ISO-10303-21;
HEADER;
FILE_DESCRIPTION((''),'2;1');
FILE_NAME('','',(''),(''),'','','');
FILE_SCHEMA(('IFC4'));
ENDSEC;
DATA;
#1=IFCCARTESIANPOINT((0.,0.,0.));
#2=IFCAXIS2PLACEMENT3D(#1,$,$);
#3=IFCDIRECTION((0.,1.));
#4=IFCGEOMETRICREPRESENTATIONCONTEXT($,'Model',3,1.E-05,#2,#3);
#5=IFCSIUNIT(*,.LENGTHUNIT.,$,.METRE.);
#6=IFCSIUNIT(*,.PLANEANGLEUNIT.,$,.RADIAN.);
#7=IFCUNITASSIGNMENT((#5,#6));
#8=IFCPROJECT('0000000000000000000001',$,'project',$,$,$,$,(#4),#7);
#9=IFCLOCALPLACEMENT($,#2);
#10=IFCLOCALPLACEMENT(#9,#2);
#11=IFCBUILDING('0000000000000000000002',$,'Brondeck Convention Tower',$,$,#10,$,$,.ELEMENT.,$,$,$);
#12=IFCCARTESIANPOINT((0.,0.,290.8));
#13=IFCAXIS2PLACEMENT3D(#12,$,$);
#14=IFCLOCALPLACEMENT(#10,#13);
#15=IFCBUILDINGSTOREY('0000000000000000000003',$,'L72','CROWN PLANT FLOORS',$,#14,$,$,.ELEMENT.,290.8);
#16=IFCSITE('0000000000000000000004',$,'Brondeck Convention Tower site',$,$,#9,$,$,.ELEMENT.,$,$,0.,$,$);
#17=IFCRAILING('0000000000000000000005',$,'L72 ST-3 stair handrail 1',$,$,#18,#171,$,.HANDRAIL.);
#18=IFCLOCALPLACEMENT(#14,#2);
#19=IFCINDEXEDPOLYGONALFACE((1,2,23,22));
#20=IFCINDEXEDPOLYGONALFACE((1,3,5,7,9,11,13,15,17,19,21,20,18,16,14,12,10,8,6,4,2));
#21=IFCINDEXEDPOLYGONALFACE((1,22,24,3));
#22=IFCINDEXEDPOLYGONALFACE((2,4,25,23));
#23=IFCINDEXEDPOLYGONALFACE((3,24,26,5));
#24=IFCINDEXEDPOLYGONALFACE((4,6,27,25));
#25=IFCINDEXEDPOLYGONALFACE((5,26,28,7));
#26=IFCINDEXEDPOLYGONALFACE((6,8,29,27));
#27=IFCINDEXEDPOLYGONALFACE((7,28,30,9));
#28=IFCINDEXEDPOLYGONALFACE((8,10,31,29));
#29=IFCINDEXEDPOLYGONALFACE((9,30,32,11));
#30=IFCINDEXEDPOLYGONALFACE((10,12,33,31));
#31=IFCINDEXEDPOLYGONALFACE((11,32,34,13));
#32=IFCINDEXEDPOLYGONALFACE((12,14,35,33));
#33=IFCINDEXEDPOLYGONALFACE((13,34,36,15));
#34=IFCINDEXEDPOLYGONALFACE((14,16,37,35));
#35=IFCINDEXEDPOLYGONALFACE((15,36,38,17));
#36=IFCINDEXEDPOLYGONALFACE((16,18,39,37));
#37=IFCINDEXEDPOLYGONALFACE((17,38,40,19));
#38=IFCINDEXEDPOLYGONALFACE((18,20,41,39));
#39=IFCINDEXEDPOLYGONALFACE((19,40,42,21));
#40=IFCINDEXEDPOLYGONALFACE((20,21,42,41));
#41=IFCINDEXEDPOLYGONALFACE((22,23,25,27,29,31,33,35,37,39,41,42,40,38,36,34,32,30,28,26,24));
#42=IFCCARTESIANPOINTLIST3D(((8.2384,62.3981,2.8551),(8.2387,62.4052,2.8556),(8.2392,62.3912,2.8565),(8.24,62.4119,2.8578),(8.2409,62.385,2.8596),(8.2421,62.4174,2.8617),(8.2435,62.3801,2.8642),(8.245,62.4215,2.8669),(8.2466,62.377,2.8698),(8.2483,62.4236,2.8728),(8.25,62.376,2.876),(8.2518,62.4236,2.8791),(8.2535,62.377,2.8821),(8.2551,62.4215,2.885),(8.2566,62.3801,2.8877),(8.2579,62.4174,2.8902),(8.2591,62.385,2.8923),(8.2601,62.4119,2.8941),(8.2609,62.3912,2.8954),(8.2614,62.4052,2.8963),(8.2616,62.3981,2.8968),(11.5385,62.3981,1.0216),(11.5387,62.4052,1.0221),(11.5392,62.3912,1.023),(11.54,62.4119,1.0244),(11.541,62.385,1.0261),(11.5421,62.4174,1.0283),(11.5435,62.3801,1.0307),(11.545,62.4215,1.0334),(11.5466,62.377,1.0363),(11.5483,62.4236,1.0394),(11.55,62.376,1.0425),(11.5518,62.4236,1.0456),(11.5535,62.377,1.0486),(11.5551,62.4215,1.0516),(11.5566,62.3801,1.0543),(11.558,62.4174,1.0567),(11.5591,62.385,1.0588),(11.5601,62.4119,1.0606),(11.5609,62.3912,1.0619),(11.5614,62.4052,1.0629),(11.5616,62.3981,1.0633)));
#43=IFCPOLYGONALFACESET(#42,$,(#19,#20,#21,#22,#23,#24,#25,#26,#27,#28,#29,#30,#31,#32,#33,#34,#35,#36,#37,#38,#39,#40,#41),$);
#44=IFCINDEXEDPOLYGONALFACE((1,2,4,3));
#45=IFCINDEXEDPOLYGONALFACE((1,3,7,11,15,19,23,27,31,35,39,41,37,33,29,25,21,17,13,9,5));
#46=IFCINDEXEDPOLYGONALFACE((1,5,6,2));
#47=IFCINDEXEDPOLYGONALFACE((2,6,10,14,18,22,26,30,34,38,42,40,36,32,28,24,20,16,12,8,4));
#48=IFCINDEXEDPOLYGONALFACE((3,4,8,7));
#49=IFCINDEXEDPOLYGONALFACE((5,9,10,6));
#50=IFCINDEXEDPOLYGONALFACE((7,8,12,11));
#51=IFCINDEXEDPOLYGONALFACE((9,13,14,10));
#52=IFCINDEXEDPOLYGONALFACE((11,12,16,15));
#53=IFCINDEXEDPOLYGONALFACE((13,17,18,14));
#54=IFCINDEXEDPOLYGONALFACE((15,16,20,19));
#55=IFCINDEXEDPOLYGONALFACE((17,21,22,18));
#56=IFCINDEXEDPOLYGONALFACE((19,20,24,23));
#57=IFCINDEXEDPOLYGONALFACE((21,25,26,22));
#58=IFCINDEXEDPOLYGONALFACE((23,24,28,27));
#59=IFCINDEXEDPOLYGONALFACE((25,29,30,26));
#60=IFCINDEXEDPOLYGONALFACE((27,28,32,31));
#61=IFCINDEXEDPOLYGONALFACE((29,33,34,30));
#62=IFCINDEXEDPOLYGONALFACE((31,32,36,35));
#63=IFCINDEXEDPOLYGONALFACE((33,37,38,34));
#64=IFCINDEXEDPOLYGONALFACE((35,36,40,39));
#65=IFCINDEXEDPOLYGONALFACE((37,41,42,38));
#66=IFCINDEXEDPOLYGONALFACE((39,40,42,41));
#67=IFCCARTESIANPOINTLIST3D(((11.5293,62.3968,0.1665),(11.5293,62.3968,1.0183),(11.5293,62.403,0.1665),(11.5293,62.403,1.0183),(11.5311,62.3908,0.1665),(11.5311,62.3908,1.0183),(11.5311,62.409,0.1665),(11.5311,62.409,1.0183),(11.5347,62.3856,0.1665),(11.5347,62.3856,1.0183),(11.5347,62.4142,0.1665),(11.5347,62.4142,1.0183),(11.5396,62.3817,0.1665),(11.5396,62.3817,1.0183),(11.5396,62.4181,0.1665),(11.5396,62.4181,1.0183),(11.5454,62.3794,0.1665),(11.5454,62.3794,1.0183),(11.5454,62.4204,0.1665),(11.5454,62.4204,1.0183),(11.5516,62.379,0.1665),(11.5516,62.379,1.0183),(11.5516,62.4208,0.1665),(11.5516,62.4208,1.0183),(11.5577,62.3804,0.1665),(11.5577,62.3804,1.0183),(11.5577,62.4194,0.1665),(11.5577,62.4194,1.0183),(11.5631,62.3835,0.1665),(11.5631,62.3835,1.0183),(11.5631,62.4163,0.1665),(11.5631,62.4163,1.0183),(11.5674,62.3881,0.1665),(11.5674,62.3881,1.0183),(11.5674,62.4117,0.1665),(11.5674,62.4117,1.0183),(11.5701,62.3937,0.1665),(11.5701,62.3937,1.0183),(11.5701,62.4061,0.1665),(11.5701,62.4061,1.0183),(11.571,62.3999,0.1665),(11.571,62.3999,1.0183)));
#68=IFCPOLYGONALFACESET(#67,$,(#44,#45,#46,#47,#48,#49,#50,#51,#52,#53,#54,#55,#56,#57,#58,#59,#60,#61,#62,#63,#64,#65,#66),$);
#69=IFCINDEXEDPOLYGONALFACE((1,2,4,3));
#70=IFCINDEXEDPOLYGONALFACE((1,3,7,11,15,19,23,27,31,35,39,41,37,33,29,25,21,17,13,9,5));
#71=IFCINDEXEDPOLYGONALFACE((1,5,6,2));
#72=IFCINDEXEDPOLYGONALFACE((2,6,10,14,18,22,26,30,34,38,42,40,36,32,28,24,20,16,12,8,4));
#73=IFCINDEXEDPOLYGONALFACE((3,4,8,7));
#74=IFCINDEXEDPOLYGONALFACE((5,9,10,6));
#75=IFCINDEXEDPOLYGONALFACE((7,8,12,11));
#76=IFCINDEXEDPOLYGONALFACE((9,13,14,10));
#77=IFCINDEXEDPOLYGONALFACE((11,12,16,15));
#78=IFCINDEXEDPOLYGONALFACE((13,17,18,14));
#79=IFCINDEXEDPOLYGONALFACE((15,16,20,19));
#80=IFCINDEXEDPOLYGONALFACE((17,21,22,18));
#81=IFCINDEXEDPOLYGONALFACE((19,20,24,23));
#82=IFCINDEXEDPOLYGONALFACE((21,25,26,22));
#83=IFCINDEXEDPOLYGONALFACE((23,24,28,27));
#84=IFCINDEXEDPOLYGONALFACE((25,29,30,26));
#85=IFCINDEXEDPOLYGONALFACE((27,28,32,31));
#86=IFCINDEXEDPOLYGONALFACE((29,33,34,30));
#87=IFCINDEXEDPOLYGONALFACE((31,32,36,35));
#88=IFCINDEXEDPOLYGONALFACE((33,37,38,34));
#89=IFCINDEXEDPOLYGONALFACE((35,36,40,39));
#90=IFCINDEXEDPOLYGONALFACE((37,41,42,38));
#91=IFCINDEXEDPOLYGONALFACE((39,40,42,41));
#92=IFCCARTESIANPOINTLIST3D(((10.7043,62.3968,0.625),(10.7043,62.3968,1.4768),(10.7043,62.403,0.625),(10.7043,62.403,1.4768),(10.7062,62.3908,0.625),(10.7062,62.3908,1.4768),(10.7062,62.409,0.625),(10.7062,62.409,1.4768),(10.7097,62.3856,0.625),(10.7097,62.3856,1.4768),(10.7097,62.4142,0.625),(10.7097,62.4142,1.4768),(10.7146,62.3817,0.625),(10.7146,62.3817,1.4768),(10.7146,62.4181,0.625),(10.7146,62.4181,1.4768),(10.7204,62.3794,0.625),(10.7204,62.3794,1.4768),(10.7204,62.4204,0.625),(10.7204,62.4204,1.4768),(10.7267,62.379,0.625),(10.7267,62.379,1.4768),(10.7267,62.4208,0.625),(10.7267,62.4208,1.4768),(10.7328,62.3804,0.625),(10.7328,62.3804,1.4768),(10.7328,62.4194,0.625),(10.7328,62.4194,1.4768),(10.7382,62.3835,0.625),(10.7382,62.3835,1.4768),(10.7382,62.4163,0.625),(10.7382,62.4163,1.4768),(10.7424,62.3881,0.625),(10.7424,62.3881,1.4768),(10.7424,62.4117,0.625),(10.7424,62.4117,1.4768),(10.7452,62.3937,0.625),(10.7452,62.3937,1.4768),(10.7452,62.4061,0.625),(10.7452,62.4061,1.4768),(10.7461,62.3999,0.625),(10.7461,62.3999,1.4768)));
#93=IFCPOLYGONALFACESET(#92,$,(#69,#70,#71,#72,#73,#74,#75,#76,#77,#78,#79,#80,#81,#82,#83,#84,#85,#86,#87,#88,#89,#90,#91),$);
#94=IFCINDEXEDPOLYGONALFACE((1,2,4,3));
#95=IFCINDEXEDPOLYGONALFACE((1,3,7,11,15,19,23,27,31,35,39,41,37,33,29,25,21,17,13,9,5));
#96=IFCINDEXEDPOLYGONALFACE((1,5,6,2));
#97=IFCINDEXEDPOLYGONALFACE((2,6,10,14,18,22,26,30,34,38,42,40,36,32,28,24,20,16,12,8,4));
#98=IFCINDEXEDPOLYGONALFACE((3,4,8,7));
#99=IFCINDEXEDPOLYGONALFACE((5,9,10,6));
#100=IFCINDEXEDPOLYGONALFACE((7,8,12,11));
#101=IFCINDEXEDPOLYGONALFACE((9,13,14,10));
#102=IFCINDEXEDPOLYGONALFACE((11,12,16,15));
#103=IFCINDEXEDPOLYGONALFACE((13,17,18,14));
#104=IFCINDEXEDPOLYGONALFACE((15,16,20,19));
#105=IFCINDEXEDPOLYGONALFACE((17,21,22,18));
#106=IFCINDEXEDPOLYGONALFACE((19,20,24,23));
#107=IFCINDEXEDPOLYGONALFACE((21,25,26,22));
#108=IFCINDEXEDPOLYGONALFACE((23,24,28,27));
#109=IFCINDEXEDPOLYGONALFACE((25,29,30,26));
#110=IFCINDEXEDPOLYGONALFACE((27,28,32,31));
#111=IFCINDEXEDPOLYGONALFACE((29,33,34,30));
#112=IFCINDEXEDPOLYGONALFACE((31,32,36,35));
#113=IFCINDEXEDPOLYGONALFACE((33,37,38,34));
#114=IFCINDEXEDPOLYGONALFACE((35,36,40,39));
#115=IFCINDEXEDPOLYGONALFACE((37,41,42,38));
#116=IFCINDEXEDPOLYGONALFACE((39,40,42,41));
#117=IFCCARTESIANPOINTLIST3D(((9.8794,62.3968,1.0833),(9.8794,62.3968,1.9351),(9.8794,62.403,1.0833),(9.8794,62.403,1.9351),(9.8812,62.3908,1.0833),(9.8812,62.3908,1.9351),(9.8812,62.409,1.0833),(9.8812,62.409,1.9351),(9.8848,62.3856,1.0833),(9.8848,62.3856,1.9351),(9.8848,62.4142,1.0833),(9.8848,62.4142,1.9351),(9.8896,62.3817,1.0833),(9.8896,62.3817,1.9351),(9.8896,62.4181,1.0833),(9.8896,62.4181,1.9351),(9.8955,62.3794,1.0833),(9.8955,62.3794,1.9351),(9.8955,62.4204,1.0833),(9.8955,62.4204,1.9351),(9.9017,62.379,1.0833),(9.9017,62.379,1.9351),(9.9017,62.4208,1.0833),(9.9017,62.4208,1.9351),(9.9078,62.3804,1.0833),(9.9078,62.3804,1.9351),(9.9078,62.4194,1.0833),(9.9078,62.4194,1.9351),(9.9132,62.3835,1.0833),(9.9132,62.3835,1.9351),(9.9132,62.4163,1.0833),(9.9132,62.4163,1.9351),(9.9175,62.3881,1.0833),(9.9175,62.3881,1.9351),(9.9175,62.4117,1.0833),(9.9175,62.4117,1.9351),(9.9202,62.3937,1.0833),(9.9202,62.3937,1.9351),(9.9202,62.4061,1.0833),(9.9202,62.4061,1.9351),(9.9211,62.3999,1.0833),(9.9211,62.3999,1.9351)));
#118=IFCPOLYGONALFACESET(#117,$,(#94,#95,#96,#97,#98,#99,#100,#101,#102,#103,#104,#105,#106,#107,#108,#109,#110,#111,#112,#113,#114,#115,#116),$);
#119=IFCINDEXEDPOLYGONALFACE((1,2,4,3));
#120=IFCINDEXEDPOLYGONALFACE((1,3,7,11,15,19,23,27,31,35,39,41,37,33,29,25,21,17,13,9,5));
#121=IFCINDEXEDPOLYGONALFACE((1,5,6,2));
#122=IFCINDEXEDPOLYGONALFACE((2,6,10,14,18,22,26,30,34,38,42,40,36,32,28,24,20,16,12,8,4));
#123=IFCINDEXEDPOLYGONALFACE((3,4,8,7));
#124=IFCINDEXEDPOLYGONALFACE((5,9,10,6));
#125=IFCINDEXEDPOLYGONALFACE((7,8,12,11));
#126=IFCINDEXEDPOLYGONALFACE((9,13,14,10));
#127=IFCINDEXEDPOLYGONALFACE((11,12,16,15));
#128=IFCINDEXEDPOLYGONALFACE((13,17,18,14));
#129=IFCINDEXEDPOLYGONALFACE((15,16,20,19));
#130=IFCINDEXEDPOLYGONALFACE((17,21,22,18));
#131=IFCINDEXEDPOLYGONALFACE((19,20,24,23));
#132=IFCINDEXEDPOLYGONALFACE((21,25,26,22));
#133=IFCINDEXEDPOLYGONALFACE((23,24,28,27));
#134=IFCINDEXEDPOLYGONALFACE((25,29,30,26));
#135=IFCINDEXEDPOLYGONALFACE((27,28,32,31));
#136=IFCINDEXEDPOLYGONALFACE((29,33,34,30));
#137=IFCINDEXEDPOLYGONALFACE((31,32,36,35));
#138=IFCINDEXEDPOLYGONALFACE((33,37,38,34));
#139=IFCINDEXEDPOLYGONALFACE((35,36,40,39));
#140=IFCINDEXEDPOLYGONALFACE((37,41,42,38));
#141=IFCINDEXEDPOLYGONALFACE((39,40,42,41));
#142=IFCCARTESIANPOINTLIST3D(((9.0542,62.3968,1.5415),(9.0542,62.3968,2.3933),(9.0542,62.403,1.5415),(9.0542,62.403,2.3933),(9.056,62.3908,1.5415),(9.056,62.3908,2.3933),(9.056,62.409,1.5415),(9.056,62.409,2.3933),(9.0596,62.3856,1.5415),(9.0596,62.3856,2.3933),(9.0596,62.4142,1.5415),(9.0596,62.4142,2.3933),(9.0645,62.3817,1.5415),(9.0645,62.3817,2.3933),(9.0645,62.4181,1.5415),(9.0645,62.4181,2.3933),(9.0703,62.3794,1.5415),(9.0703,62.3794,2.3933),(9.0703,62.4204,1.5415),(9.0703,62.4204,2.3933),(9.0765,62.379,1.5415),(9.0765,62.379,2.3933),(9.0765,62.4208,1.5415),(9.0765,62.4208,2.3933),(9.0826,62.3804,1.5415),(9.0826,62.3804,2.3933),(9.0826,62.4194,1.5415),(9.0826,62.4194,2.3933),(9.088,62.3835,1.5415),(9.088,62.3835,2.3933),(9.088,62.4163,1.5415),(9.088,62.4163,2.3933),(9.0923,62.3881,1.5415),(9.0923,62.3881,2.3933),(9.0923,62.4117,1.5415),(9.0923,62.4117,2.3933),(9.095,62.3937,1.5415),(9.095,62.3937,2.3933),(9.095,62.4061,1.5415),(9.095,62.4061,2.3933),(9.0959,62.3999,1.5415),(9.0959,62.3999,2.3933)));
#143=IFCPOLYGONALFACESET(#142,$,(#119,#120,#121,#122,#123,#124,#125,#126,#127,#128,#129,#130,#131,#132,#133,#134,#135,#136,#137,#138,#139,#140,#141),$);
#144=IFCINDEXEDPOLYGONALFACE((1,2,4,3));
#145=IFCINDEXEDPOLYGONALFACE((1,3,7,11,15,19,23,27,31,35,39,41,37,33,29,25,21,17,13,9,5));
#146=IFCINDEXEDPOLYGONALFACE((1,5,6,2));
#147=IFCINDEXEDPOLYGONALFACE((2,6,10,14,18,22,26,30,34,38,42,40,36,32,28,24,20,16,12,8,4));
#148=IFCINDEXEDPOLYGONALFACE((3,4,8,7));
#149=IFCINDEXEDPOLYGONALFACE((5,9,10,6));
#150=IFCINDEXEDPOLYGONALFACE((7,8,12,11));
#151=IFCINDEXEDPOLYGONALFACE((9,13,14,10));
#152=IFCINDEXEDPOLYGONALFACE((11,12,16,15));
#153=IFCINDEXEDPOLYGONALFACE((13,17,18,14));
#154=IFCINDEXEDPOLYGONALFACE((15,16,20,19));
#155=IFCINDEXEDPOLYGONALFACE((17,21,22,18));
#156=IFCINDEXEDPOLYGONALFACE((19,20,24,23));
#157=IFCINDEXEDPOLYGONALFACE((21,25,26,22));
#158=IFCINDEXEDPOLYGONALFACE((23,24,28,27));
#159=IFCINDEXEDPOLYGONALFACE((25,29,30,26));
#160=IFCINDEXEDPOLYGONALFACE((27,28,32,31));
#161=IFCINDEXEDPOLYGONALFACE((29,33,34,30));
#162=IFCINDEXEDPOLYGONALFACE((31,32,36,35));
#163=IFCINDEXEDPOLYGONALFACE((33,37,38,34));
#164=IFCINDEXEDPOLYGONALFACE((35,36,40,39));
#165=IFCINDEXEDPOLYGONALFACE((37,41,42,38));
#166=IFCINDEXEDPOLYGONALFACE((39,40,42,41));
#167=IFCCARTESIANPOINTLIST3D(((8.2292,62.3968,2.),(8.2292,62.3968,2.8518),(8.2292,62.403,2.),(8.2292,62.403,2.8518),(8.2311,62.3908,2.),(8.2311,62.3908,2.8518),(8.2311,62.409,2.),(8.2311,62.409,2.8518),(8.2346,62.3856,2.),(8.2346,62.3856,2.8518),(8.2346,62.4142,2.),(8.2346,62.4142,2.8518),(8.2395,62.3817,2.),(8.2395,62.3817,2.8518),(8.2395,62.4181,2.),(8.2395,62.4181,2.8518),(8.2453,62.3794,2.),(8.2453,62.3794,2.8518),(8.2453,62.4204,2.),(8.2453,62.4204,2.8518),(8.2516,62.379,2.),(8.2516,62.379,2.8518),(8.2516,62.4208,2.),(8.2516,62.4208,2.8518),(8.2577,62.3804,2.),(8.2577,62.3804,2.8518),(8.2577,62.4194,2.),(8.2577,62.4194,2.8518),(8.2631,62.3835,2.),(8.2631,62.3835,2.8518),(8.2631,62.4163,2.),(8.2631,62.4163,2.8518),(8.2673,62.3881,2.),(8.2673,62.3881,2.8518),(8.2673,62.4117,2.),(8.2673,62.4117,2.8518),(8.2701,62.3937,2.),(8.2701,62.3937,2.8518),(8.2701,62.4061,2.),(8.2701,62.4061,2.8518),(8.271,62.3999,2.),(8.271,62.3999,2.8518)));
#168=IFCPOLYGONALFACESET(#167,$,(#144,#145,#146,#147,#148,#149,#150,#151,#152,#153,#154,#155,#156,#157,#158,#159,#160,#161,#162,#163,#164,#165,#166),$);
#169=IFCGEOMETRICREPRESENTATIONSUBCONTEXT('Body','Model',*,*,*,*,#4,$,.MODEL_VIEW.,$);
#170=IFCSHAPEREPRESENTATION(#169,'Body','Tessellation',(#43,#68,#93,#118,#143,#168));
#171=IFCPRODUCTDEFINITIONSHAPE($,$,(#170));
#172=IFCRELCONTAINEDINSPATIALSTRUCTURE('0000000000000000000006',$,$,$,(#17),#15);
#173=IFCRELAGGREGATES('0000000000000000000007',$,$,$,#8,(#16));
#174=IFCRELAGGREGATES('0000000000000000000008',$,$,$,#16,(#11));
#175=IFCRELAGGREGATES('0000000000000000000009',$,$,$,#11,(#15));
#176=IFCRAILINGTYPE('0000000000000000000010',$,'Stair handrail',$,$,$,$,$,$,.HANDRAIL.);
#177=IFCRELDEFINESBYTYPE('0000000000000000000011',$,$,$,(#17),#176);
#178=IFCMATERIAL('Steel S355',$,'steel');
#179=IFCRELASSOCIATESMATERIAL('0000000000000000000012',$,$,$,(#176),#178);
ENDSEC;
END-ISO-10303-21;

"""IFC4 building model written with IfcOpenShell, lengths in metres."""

from ifc_helpers import new_model, si_unit, direction, frame, origin, origin_2d, place, context, subcontext, project, spatial, circle, extrude, material, type_object, element, save


model = new_model("IFC4")

# Units and contexts
model_context = context("Model", 3, precision=1e-05, world=origin(), true_north=direction((0.0, 1.0)))
body_context = subcontext(model_context, "Body", "Model", "MODEL_VIEW")
ifc_project = project(units=[si_unit("LENGTHUNIT", "METRE"), si_unit("PLANEANGLEUNIT", "RADIAN")], contexts=[model_context])

# Site, building, storey
site_placement = place(None, origin())
site = spatial("IfcSite", under=ifc_project, at=site_placement, Name="Brondeck Convention Tower site", CompositionType="ELEMENT", RefElevation=0.0)
building_placement = place(site_placement, origin())
building = spatial("IfcBuilding", under=site, at=building_placement, Name="Brondeck Convention Tower", CompositionType="ELEMENT")
storey_placement = place(building_placement, frame((0.0, 0.0, 290.8)))
storey = spatial("IfcBuildingStorey", under=building, at=storey_placement, Name="L72", Description="CROWN PLANT FLOORS", CompositionType="ELEMENT", Elevation=290.8)

# Railing
ifc_material_1 = material(Name="Steel S355", Category="steel")
railing_type_1 = type_object("IfcRailingType", Name="Stair handrail", PredefinedType="HANDRAIL", material=ifc_material_1)
railing_1_placement = place(storey_placement, frame((11.55, 62.3999, 0.1665)))
element("IfcRailing", 1, at=railing_1_placement, inside=storey, type_object=railing_type_1, Name="L72 ST-3 stair handrail 1", PredefinedType="HANDRAIL", context=body_context, shape_type="SweptSolid", body=[
    extrude(circle(Radius=0.0239, at=origin_2d()), frame((0.0, 0.0, 0.876), z_axis=(-0.874142, 0.0, 0.48567), x_axis=(0.0, -1.0, 0.0)), (0.0, 0.0, 1.0), 3.7751),
    extrude(circle(Radius=0.021, at=origin_2d()), origin(), (0.0, 0.0, 1.0), 0.8518),
    extrude(circle(Radius=0.021, at=origin_2d()), frame((-0.825, 0.0, 0.4585)), (0.0, 0.0, 1.0), 0.8518),
    extrude(circle(Radius=0.021, at=origin_2d()), frame((-1.6499, 0.0, 0.9167)), (0.0, 0.0, 1.0), 0.8518),
    extrude(circle(Radius=0.021, at=origin_2d()), frame((-2.4751, 0.0, 1.375)), (0.0, 0.0, 1.0), 0.8518),
    extrude(circle(Radius=0.021, at=origin_2d()), frame((-3.3, 0.0, 1.8335)), (0.0, 0.0, 1.0), 0.8518),
])

save(model, "model.ifc")
